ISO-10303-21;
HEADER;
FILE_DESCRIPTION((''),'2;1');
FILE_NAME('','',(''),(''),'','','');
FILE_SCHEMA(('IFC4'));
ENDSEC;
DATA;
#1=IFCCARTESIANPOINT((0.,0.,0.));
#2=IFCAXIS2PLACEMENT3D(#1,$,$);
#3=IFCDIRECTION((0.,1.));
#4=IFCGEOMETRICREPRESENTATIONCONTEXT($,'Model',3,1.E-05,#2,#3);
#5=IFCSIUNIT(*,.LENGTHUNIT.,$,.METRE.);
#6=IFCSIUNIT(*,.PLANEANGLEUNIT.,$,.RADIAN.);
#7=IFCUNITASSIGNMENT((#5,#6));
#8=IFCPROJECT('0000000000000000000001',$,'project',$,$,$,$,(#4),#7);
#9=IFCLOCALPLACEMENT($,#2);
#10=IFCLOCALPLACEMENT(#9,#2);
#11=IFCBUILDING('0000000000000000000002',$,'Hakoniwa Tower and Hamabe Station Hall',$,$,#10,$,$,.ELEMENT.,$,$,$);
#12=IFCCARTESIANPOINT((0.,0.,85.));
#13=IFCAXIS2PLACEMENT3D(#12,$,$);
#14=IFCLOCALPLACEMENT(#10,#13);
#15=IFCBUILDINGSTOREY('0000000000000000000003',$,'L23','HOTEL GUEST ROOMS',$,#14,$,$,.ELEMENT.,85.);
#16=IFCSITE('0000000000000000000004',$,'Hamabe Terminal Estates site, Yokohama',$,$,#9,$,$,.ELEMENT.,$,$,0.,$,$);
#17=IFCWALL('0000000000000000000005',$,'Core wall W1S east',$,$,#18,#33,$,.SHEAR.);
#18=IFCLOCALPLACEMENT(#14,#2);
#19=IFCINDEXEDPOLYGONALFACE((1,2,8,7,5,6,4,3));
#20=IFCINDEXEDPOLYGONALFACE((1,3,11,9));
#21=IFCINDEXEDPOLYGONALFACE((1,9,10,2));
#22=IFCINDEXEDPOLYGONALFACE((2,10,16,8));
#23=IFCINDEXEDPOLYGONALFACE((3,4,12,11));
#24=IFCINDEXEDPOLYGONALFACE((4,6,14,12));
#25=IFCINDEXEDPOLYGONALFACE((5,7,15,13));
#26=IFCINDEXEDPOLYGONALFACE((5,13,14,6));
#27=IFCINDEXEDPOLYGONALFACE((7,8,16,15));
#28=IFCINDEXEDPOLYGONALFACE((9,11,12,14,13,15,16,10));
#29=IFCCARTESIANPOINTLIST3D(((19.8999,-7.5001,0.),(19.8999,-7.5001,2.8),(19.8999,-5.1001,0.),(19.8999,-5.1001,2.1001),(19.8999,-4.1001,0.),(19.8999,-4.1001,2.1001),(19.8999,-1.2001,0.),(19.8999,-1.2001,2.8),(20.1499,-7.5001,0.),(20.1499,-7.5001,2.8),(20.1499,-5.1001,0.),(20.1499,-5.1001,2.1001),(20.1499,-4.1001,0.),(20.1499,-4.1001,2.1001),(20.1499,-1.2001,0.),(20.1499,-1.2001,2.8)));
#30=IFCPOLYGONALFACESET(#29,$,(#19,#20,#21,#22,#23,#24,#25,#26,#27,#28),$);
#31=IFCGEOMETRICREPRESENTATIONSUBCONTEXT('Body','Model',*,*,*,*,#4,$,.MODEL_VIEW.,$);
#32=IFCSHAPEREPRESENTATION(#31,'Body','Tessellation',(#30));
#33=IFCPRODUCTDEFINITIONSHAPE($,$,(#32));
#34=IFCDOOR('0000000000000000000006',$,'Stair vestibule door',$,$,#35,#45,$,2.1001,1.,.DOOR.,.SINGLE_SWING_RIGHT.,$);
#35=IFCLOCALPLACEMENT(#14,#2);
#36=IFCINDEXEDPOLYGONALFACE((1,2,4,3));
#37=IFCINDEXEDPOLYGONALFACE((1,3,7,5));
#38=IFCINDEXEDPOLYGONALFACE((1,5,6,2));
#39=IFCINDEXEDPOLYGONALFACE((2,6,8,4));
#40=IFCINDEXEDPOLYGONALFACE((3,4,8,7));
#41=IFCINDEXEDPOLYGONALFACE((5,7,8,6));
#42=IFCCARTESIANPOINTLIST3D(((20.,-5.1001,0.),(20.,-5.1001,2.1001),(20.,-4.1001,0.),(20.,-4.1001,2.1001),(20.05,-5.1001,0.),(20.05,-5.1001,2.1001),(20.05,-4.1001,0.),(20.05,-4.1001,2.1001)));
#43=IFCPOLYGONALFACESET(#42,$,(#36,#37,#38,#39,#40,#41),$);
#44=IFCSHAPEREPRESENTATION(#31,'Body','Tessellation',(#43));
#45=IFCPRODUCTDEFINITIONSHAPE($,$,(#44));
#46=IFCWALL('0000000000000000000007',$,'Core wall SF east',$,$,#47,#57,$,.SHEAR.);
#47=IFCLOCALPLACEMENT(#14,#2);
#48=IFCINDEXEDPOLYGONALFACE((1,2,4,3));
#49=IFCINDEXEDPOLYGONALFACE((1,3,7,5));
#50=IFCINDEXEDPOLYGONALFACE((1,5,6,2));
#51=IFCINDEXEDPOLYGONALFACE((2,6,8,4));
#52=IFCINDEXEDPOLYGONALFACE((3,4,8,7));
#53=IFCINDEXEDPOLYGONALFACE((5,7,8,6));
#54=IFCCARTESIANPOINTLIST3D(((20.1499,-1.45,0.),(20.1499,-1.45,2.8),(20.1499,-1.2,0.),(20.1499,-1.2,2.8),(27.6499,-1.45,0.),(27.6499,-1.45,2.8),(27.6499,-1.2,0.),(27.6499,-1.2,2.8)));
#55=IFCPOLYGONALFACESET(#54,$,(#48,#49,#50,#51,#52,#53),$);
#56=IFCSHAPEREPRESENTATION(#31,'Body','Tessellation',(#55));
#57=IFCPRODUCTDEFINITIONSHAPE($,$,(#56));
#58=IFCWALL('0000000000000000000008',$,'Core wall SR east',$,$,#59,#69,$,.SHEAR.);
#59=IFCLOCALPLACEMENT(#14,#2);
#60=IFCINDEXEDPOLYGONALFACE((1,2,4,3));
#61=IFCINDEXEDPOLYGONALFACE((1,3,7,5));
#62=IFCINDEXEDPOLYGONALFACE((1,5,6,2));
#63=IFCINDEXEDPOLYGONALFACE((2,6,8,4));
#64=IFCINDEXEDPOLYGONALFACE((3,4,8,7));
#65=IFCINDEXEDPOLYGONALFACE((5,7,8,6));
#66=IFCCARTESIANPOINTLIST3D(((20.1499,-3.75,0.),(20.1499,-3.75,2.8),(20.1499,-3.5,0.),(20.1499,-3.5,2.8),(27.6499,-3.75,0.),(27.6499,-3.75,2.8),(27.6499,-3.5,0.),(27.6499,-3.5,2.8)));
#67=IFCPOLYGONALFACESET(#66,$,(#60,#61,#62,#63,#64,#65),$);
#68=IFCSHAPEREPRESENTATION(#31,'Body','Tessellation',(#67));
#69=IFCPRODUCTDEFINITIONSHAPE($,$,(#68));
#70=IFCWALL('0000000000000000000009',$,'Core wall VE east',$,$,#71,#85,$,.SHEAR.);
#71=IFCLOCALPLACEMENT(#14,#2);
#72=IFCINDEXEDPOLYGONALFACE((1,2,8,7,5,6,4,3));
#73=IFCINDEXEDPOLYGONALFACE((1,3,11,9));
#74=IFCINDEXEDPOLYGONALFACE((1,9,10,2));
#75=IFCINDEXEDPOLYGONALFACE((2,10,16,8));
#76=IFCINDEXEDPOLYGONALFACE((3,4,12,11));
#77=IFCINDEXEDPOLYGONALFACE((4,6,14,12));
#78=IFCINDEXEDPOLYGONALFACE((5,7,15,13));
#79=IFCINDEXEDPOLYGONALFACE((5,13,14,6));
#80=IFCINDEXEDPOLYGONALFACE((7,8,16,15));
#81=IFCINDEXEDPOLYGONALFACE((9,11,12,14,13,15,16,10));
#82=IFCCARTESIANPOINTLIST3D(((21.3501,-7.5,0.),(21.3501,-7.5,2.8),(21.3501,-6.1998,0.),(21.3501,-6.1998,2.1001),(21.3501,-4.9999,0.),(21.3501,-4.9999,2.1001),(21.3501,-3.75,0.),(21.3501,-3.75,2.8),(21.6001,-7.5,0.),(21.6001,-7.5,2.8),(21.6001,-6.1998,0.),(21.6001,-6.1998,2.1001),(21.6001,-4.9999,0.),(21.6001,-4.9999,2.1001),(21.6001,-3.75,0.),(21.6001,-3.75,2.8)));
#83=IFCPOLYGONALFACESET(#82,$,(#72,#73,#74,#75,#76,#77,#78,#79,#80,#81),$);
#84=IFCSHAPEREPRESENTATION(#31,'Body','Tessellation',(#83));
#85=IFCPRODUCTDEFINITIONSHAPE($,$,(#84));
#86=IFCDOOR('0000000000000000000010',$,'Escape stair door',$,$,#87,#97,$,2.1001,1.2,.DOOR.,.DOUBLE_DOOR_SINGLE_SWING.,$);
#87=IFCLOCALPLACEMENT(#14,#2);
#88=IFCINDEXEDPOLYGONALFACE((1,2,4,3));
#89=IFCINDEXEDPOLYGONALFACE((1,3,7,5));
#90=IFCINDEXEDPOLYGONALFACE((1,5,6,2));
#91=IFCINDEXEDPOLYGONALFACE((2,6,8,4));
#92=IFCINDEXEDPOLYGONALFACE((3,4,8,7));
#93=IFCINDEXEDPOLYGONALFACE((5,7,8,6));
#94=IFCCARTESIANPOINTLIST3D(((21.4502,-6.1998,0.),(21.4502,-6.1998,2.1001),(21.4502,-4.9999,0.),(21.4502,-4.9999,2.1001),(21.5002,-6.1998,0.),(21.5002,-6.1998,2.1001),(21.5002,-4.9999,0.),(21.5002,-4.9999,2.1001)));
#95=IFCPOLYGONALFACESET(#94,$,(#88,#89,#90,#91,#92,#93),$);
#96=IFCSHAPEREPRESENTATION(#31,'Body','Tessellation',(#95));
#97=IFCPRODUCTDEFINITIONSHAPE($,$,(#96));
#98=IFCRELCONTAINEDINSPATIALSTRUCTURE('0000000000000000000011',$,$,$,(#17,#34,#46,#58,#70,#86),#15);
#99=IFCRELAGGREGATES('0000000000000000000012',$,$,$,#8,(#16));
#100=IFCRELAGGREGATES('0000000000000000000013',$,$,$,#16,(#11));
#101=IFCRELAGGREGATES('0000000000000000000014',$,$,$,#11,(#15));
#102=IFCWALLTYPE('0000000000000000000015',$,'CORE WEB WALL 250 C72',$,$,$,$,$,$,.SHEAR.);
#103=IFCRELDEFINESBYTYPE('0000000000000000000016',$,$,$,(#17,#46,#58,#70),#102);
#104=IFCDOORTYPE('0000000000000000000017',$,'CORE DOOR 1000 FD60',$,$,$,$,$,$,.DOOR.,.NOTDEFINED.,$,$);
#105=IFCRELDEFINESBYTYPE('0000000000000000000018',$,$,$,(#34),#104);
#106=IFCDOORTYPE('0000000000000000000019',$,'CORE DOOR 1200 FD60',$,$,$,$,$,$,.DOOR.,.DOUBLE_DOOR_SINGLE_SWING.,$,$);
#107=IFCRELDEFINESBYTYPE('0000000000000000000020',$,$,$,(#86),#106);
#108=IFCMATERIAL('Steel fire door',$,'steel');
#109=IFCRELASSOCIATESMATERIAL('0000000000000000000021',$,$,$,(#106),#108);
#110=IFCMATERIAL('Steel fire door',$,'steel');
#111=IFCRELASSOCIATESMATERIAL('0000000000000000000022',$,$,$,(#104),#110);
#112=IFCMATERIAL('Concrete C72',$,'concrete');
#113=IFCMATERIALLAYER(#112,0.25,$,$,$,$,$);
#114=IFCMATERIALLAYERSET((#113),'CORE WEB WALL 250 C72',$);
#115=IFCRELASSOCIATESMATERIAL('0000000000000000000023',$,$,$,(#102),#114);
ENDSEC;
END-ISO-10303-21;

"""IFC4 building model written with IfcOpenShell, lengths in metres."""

from ifc_helpers import new_model, si_unit, direction, frame, frame_2d, origin, place, context, subcontext, project, spatial, rectangle, extrude, material, layer, layer_set, type_object, element, fill, save


model = new_model("IFC4")

# Units and contexts
model_context = context("Model", 3, precision=1e-05, world=origin(), true_north=direction((0.0, 1.0)))
body_context = subcontext(model_context, "Body", "Model", "MODEL_VIEW")
ifc_project = project(units=[si_unit("LENGTHUNIT", "METRE"), si_unit("PLANEANGLEUNIT", "RADIAN")], contexts=[model_context])

# Site, building, storey
site_placement = place(None, origin())
site = spatial("IfcSite", under=ifc_project, at=site_placement, Name="Hamabe Terminal Estates site, Yokohama", CompositionType="ELEMENT", RefElevation=0.0)
building_placement = place(site_placement, origin())
building = spatial("IfcBuilding", under=site, at=building_placement, Name="Hakoniwa Tower and Hamabe Station Hall", CompositionType="ELEMENT")
storey_placement = place(building_placement, frame((0.0, 0.0, 85.0)))
storey = spatial("IfcBuildingStorey", under=building, at=storey_placement, Name="L23", Description="HOTEL GUEST ROOMS", CompositionType="ELEMENT", Elevation=85.0)

# Wall, opening, door
ifc_material_1 = material(Name="Steel fire door", Category="steel")
door_type_1 = type_object("IfcDoorType", Name="CORE DOOR 1200 FD60", OperationType="DOUBLE_DOOR_SINGLE_SWING", PredefinedType="DOOR", material=ifc_material_1)
ifc_material_2 = material(Name="Steel fire door", Category="steel")
door_type_2 = type_object("IfcDoorType", Name="CORE DOOR 1000 FD60", OperationType="NOTDEFINED", PredefinedType="DOOR", material=ifc_material_2)
ifc_material_3 = material(Name="Concrete C72", Category="concrete")
ifc_layer_1 = layer(ifc_material_3, 0.25)
ifc_layer_set_1 = layer_set([ifc_layer_1], Name="CORE WEB WALL 250 C72")
wall_type_1 = type_object("IfcWallType", Name="CORE WEB WALL 250 C72", PredefinedType="SHEAR", material=ifc_layer_set_1)
wall_1_placement = place(storey_placement, frame((20.0249, -7.5, 0.0), z_axis=(0.0, 0.0, 1.0), x_axis=(0.0, 1.0, 0.0)))
wall_1 = element("IfcWall", 1, at=wall_1_placement, inside=storey, type_object=wall_type_1, Name="Core wall W1S east", PredefinedType="SHEAR", context=body_context, shape_type="SweptSolid", body=[
    extrude(rectangle(XDim=6.3, YDim=0.25, at=frame_2d((3.1499, 0.0))), origin(), (0.0, 0.0, 1.0), 2.8),
])
opening_1_placement = place(wall_1_placement, frame((2.3999, 0.0, 0.0)))
opening_1 = element("IfcOpeningElement", 2, at=opening_1_placement, cuts=wall_1, PredefinedType="OPENING", context=body_context, shape_type="SweptSolid", body=[
    extrude(rectangle(XDim=1.0, YDim=2.1001, at=frame_2d((0.5, 1.05))), frame((0.0, 0.135, 0.0), z_axis=(0.0, -1.0, 0.0), x_axis=(1.0, 0.0, 0.0)), (0.0, 0.0, 1.0), 0.27),
])
door_1_placement = place(opening_1_placement, origin())
door_1 = element("IfcDoor", 3, at=door_1_placement, inside=storey, type_object=door_type_2, Name="Stair vestibule door", OperationType="SINGLE_SWING_RIGHT", OverallHeight=2.1001, OverallWidth=1.0, PredefinedType="DOOR", context=body_context, shape_type="SweptSolid", body=[
    extrude(rectangle(XDim=1.0, YDim=2.1001, at=frame_2d((0.5, 1.05))), frame((0.0, 0.0249, 0.0), z_axis=(0.0, -1.0, 0.0), x_axis=(1.0, 0.0, 0.0)), (0.0, 0.0, 1.0), 0.05),
])
fill(opening_1, door_1)

# Walls
for number, where, z_axis, x_axis, name in (
    (4, (20.1499, -1.325, 0.0), (0.0, 0.0, 1.0), (1.0, 0.0, 0.0), "Core wall SF east"),
    (5, (20.1499, -3.625, 0.0), (0.0, 0.0, 1.0), (1.0, 0.0, 0.0), "Core wall SR east"),
):
    element("IfcWall", number, at=place(storey_placement, frame(where, z_axis=z_axis, x_axis=x_axis)), inside=storey, type_object=wall_type_1, Name=name, PredefinedType="SHEAR", context=body_context, shape_type="SweptSolid", body=[
        extrude(rectangle(XDim=7.5, YDim=0.25, at=frame_2d((3.75, 0.0))), origin(), (0.0, 0.0, 1.0), 2.8),
    ])

# Wall, opening, door
wall_2_placement = place(storey_placement, frame((21.4751, -7.5, 0.0), z_axis=(0.0, 0.0, 1.0), x_axis=(0.0, 1.0, 0.0)))
wall_2 = element("IfcWall", 6, at=wall_2_placement, inside=storey, type_object=wall_type_1, Name="Core wall VE east", PredefinedType="SHEAR", context=body_context, shape_type="SweptSolid", body=[
    extrude(rectangle(XDim=3.75, YDim=0.25, at=frame_2d((1.875, 0.0))), origin(), (0.0, 0.0, 1.0), 2.8),
])
opening_2_placement = place(wall_2_placement, frame((1.3, 0.0, 0.0)))
opening_2 = element("IfcOpeningElement", 7, at=opening_2_placement, cuts=wall_2, PredefinedType="OPENING", context=body_context, shape_type="SweptSolid", body=[
    extrude(rectangle(XDim=1.2, YDim=2.1001, at=frame_2d((0.6001, 1.05))), frame((0.0, 0.135, 0.0), z_axis=(0.0, -1.0, 0.0), x_axis=(1.0, 0.0, 0.0)), (0.0, 0.0, 1.0), 0.27),
])
door_2_placement = place(opening_2_placement, origin())
door_2 = element("IfcDoor", 8, at=door_2_placement, inside=storey, type_object=door_type_1, Name="Escape stair door", OperationType="DOUBLE_DOOR_SINGLE_SWING", OverallHeight=2.1001, OverallWidth=1.2, PredefinedType="DOOR", context=body_context, shape_type="SweptSolid", body=[
    extrude(rectangle(XDim=1.2, YDim=2.1001, at=frame_2d((0.6001, 1.05))), frame((0.0, 0.0249, 0.0), z_axis=(0.0, -1.0, 0.0), x_axis=(1.0, 0.0, 0.0)), (0.0, 0.0, 1.0), 0.05),
])
fill(opening_2, door_2)

save(model, "model.ifc")
